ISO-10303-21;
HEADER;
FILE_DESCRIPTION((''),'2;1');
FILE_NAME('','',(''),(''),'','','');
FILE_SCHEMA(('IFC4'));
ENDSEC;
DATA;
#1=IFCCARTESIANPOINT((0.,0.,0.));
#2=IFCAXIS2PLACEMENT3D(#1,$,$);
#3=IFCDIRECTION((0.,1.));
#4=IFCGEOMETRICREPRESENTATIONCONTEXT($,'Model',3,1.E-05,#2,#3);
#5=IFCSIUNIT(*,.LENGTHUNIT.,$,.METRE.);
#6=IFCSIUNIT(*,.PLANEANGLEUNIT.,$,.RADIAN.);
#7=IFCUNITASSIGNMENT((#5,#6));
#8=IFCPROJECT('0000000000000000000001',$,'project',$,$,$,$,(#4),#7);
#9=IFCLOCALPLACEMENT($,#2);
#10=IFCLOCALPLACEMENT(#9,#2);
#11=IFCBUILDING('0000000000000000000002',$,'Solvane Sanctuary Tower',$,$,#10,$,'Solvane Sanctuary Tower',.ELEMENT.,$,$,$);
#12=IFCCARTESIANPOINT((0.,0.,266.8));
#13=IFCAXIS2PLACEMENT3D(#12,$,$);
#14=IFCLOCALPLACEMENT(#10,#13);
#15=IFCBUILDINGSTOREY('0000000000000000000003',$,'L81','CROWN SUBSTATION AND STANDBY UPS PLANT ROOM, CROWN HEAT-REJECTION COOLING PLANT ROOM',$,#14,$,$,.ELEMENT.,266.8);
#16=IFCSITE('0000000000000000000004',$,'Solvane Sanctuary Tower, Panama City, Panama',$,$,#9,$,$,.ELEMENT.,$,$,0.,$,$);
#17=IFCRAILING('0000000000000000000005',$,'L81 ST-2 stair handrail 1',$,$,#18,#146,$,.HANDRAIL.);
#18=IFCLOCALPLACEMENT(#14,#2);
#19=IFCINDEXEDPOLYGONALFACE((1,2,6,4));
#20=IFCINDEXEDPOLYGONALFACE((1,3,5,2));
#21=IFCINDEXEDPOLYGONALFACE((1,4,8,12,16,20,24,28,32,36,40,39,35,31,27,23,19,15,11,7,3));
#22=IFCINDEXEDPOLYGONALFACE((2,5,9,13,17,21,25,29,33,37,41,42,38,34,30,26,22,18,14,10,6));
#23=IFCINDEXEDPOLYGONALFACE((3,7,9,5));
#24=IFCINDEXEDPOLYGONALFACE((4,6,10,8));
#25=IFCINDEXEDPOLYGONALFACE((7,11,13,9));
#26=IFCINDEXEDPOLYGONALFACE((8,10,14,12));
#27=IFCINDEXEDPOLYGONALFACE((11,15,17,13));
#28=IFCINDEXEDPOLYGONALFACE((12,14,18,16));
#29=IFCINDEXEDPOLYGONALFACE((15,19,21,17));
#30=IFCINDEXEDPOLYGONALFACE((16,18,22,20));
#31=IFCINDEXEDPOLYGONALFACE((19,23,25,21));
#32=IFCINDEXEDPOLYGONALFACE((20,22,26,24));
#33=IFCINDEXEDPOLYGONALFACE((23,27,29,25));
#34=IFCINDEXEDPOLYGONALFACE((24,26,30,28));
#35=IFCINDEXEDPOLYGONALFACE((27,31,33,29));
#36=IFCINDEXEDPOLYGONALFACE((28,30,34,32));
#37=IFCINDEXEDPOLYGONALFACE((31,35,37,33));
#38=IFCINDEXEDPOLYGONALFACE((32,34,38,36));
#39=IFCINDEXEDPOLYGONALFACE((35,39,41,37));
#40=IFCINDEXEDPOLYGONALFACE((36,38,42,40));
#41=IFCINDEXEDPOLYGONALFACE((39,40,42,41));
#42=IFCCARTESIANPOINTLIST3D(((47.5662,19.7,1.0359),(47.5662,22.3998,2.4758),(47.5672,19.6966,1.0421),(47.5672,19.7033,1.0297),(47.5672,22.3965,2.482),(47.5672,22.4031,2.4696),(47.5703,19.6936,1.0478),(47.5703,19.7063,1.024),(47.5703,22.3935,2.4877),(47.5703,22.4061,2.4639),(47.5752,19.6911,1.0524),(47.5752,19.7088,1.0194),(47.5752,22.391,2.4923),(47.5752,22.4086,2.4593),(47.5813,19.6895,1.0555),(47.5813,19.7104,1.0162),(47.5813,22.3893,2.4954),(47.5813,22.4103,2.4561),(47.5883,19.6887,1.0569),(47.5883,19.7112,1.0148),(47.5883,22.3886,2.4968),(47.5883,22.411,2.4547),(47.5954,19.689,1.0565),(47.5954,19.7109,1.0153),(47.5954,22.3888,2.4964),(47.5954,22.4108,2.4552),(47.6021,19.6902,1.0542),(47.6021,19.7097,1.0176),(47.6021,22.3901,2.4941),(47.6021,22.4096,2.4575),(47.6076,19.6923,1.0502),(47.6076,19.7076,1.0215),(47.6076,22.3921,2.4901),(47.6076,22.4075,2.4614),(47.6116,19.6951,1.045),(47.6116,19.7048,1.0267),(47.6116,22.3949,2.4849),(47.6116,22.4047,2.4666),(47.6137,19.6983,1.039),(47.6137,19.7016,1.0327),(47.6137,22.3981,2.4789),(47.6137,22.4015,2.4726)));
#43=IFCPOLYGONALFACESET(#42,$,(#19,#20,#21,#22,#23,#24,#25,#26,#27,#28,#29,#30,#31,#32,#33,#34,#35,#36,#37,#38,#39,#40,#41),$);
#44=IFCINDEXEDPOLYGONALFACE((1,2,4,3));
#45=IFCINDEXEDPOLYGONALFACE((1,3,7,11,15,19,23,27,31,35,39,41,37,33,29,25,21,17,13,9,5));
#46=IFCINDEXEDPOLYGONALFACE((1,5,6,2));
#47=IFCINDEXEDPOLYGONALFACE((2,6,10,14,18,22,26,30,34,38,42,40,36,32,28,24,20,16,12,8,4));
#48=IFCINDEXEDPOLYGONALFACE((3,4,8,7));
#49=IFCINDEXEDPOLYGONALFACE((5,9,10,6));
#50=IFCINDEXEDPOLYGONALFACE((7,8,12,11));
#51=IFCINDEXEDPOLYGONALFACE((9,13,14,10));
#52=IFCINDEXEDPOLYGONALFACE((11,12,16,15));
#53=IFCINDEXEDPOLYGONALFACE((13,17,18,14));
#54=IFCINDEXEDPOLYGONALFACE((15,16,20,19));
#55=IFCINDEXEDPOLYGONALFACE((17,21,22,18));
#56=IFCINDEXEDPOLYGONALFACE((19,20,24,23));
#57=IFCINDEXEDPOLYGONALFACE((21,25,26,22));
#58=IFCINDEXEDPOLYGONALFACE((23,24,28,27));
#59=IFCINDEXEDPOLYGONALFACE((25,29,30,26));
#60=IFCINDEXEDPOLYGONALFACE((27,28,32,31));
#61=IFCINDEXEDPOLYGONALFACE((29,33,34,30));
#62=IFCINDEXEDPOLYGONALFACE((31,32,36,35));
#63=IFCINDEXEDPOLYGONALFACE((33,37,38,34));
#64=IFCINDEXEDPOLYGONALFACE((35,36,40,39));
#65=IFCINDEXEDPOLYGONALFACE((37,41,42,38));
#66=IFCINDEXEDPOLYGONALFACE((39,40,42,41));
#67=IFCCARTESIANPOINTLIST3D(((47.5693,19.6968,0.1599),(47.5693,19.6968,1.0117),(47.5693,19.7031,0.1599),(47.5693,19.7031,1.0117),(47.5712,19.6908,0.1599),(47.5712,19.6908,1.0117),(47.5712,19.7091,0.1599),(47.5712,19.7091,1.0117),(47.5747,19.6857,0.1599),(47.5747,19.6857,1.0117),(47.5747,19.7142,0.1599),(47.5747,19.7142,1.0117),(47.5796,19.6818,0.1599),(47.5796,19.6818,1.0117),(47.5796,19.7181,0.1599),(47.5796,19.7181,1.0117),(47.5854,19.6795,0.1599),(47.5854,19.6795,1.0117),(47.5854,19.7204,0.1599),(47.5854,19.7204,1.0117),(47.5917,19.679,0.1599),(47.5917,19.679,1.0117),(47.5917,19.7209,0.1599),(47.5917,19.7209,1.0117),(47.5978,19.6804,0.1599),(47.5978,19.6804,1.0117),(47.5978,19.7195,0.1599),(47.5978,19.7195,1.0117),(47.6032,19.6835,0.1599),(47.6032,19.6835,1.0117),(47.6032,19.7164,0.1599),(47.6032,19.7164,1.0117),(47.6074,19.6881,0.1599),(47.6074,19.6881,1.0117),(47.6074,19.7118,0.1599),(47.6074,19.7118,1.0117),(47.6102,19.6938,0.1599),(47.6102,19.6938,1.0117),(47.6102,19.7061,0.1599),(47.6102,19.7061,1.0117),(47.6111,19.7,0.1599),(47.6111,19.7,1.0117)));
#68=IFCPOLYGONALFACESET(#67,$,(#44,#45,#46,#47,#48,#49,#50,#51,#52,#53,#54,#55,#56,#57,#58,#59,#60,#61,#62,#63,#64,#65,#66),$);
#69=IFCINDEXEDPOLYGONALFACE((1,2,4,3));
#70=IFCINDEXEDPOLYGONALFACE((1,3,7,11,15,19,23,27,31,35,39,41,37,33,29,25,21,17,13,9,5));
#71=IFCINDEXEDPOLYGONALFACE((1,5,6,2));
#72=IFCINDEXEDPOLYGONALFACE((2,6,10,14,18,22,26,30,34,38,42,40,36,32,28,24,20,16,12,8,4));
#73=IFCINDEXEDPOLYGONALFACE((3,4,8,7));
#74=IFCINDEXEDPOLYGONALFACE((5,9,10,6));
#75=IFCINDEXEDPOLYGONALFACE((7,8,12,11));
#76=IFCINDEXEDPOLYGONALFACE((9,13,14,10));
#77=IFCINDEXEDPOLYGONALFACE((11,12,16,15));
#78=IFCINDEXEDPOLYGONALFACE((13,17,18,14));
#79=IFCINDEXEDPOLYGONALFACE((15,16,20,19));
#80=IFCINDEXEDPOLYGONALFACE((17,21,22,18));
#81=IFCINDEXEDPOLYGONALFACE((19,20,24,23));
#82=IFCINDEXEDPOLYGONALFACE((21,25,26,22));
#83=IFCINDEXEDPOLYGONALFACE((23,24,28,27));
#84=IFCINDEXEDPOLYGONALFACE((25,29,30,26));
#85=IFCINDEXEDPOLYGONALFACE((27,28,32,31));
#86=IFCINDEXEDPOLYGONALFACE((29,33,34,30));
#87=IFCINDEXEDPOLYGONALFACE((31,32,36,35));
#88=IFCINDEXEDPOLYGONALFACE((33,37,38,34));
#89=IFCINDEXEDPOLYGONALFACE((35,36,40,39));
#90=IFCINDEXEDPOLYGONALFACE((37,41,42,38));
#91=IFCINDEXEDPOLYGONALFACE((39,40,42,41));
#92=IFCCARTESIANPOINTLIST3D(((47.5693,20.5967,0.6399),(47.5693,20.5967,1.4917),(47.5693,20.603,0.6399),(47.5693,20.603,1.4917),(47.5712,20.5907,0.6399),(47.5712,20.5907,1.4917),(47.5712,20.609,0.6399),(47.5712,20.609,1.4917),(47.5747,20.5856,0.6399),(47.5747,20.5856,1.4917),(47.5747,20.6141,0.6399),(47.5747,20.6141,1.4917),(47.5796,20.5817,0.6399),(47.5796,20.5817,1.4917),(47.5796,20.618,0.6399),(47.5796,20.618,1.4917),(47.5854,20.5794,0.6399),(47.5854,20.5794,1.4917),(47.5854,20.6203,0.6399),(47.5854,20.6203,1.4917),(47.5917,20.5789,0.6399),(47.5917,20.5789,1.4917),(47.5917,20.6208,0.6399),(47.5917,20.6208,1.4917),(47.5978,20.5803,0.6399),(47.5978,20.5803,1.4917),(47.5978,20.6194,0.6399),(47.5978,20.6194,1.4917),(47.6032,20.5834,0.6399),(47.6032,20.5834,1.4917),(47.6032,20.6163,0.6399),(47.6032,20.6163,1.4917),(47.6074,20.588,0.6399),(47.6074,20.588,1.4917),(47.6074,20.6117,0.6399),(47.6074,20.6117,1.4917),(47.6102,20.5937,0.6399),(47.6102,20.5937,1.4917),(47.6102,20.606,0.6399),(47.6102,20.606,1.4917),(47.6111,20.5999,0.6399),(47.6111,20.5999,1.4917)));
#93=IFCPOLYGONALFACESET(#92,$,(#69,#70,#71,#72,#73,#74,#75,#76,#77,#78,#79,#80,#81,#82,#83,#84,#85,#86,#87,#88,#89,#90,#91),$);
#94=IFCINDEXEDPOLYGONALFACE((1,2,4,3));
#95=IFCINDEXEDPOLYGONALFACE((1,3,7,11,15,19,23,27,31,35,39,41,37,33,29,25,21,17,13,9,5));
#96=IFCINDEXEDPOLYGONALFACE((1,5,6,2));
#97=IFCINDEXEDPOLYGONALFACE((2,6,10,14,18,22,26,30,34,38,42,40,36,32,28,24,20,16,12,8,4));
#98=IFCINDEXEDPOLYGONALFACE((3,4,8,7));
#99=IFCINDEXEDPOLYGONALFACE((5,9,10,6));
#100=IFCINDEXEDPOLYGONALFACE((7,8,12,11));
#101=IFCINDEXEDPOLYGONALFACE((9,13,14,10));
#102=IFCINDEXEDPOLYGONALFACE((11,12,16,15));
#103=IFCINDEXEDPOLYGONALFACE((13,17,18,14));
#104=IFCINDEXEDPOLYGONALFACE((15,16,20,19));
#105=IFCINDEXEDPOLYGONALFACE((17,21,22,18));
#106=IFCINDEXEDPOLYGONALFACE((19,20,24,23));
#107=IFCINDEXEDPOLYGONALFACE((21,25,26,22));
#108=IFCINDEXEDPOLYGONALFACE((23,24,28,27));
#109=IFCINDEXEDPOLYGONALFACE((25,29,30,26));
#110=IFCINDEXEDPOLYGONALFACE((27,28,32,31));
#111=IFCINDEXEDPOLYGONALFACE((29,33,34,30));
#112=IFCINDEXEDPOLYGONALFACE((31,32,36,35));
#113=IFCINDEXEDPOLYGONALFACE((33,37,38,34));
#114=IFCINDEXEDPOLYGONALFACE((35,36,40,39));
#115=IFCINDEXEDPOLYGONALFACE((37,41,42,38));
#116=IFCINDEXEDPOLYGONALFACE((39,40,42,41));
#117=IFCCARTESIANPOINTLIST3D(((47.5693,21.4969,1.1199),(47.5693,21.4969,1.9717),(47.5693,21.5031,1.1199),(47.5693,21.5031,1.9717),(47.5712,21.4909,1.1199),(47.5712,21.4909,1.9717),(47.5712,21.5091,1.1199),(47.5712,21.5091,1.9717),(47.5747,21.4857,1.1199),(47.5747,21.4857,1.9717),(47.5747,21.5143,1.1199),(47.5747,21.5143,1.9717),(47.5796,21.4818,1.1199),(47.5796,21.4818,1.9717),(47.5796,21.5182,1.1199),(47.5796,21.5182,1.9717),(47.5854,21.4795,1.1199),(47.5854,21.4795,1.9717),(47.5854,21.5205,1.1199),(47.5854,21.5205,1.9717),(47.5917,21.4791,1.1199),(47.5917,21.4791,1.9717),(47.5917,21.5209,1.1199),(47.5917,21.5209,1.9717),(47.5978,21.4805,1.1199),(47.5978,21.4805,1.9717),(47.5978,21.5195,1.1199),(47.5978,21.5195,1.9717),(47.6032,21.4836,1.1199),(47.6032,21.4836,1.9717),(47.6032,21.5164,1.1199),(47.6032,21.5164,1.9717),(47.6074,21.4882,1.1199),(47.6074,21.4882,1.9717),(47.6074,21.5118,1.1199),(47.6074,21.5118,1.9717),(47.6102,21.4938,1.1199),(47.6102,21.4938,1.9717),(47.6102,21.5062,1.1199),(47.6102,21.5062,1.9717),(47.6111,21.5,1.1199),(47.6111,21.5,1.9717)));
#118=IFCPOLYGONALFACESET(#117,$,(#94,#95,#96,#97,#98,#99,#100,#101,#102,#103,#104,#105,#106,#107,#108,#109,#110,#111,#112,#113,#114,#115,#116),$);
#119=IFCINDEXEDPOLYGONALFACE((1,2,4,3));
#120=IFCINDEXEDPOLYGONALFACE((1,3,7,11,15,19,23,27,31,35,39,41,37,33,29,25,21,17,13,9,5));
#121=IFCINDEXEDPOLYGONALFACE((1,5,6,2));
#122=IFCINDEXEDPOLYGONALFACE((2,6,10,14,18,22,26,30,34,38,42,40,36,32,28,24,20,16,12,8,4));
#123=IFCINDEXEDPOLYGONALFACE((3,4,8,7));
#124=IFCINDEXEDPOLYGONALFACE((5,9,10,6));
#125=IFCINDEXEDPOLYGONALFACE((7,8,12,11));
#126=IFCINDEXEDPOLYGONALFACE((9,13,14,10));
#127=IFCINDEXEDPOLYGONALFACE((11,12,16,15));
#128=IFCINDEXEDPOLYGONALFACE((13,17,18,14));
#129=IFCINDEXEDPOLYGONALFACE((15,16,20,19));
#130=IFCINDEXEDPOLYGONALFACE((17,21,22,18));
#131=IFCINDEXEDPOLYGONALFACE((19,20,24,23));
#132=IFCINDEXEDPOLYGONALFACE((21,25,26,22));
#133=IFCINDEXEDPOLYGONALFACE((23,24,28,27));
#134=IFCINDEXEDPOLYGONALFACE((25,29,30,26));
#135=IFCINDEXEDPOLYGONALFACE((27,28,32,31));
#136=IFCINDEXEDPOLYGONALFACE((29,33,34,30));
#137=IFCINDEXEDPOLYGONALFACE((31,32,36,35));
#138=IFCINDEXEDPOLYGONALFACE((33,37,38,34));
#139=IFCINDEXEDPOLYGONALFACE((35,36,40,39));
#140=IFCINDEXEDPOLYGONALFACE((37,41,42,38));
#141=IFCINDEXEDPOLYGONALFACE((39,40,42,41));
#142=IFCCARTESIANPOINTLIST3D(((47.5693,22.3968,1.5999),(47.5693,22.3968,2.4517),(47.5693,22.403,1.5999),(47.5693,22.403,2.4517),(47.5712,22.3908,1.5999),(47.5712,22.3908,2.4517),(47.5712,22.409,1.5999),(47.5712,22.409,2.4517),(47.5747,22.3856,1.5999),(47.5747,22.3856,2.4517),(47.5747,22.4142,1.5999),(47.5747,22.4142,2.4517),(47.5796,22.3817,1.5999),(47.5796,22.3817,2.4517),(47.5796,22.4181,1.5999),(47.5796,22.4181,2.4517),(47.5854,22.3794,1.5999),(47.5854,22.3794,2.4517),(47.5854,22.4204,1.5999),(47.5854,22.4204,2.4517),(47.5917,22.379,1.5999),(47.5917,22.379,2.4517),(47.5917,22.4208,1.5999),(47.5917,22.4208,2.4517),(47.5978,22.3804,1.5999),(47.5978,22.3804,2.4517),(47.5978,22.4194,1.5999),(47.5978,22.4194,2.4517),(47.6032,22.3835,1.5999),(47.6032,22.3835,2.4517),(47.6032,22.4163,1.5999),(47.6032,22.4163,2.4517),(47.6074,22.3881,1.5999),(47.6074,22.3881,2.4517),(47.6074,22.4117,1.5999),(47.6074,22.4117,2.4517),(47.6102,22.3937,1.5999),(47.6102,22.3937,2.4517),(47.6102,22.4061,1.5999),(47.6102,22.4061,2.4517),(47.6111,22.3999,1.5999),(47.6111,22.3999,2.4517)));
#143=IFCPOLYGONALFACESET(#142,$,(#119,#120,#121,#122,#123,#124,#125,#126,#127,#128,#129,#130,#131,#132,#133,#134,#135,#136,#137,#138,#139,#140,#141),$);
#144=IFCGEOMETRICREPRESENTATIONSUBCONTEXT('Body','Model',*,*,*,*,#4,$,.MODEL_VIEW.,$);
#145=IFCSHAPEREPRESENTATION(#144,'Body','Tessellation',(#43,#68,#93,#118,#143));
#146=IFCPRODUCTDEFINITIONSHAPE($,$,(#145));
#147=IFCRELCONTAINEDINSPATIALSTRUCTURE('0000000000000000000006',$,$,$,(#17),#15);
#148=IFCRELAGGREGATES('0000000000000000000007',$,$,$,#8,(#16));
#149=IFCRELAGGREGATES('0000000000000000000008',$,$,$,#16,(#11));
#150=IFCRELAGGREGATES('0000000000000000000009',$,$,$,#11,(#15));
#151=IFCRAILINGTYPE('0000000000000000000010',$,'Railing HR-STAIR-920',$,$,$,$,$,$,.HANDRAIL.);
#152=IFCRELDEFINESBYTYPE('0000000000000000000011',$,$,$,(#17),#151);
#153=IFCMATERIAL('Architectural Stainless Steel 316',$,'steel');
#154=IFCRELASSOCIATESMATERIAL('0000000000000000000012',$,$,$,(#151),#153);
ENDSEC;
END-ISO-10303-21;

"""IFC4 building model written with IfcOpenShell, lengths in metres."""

from ifc_helpers import new_model, si_unit, direction, frame, origin, origin_2d, place, context, subcontext, project, spatial, circle, extrude, material, type_object, element, save


model = new_model("IFC4")

# Units and contexts
model_context = context("Model", 3, precision=1e-05, world=origin(), true_north=direction((0.0, 1.0)))
body_context = subcontext(model_context, "Body", "Model", "MODEL_VIEW")
ifc_project = project(units=[si_unit("LENGTHUNIT", "METRE"), si_unit("PLANEANGLEUNIT", "RADIAN")], contexts=[model_context])

# Site, building, storey
site_placement = place(None, origin())
site = spatial("IfcSite", under=ifc_project, at=site_placement, Name="Solvane Sanctuary Tower, Panama City, Panama", CompositionType="ELEMENT", RefElevation=0.0)
building_placement = place(site_placement, origin())
building = spatial("IfcBuilding", under=site, at=building_placement, Name="Solvane Sanctuary Tower", LongName="Solvane Sanctuary Tower", CompositionType="ELEMENT")
storey_placement = place(building_placement, frame((0.0, 0.0, 266.8)))
storey = spatial("IfcBuildingStorey", under=building, at=storey_placement, Name="L81", Description="CROWN SUBSTATION AND STANDBY UPS PLANT ROOM, CROWN HEAT-REJECTION COOLING PLANT ROOM", CompositionType="ELEMENT", Elevation=266.8)

# Shared definitions
ifc_material_1 = material(Name="Architectural Stainless Steel 316", Category="steel")

# Railing
railing_type_1 = type_object("IfcRailingType", Name="Railing HR-STAIR-920", PredefinedType="HANDRAIL", material=ifc_material_1)
railing_1_placement = place(storey_placement, frame((47.5901, 19.7, 0.1599)))
element("IfcRailing", 1, at=railing_1_placement, inside=storey, type_object=railing_type_1, Name="L81 ST-2 stair handrail 1", PredefinedType="HANDRAIL", context=body_context, shape_type="SweptSolid", body=[
    extrude(circle(Radius=0.0239, at=origin_2d()), frame((0.0, 0.0, 0.876), z_axis=(0.0, 0.882357, 0.47058), x_axis=(-1.0, 0.0, 0.0)), (0.0, 0.0, 1.0), 3.0598),
    extrude(circle(Radius=0.021, at=origin_2d()), origin(), (0.0, 0.0, 1.0), 0.8518),
    extrude(circle(Radius=0.021, at=origin_2d()), frame((0.0, 0.8999, 0.48)), (0.0, 0.0, 1.0), 0.8518),
    extrude(circle(Radius=0.021, at=origin_2d()), frame((0.0, 1.8, 0.96)), (0.0, 0.0, 1.0), 0.8518),
    extrude(circle(Radius=0.021, at=origin_2d()), frame((0.0, 2.7, 1.4399)), (0.0, 0.0, 1.0), 0.8518),
])

save(model, "model.ifc")
